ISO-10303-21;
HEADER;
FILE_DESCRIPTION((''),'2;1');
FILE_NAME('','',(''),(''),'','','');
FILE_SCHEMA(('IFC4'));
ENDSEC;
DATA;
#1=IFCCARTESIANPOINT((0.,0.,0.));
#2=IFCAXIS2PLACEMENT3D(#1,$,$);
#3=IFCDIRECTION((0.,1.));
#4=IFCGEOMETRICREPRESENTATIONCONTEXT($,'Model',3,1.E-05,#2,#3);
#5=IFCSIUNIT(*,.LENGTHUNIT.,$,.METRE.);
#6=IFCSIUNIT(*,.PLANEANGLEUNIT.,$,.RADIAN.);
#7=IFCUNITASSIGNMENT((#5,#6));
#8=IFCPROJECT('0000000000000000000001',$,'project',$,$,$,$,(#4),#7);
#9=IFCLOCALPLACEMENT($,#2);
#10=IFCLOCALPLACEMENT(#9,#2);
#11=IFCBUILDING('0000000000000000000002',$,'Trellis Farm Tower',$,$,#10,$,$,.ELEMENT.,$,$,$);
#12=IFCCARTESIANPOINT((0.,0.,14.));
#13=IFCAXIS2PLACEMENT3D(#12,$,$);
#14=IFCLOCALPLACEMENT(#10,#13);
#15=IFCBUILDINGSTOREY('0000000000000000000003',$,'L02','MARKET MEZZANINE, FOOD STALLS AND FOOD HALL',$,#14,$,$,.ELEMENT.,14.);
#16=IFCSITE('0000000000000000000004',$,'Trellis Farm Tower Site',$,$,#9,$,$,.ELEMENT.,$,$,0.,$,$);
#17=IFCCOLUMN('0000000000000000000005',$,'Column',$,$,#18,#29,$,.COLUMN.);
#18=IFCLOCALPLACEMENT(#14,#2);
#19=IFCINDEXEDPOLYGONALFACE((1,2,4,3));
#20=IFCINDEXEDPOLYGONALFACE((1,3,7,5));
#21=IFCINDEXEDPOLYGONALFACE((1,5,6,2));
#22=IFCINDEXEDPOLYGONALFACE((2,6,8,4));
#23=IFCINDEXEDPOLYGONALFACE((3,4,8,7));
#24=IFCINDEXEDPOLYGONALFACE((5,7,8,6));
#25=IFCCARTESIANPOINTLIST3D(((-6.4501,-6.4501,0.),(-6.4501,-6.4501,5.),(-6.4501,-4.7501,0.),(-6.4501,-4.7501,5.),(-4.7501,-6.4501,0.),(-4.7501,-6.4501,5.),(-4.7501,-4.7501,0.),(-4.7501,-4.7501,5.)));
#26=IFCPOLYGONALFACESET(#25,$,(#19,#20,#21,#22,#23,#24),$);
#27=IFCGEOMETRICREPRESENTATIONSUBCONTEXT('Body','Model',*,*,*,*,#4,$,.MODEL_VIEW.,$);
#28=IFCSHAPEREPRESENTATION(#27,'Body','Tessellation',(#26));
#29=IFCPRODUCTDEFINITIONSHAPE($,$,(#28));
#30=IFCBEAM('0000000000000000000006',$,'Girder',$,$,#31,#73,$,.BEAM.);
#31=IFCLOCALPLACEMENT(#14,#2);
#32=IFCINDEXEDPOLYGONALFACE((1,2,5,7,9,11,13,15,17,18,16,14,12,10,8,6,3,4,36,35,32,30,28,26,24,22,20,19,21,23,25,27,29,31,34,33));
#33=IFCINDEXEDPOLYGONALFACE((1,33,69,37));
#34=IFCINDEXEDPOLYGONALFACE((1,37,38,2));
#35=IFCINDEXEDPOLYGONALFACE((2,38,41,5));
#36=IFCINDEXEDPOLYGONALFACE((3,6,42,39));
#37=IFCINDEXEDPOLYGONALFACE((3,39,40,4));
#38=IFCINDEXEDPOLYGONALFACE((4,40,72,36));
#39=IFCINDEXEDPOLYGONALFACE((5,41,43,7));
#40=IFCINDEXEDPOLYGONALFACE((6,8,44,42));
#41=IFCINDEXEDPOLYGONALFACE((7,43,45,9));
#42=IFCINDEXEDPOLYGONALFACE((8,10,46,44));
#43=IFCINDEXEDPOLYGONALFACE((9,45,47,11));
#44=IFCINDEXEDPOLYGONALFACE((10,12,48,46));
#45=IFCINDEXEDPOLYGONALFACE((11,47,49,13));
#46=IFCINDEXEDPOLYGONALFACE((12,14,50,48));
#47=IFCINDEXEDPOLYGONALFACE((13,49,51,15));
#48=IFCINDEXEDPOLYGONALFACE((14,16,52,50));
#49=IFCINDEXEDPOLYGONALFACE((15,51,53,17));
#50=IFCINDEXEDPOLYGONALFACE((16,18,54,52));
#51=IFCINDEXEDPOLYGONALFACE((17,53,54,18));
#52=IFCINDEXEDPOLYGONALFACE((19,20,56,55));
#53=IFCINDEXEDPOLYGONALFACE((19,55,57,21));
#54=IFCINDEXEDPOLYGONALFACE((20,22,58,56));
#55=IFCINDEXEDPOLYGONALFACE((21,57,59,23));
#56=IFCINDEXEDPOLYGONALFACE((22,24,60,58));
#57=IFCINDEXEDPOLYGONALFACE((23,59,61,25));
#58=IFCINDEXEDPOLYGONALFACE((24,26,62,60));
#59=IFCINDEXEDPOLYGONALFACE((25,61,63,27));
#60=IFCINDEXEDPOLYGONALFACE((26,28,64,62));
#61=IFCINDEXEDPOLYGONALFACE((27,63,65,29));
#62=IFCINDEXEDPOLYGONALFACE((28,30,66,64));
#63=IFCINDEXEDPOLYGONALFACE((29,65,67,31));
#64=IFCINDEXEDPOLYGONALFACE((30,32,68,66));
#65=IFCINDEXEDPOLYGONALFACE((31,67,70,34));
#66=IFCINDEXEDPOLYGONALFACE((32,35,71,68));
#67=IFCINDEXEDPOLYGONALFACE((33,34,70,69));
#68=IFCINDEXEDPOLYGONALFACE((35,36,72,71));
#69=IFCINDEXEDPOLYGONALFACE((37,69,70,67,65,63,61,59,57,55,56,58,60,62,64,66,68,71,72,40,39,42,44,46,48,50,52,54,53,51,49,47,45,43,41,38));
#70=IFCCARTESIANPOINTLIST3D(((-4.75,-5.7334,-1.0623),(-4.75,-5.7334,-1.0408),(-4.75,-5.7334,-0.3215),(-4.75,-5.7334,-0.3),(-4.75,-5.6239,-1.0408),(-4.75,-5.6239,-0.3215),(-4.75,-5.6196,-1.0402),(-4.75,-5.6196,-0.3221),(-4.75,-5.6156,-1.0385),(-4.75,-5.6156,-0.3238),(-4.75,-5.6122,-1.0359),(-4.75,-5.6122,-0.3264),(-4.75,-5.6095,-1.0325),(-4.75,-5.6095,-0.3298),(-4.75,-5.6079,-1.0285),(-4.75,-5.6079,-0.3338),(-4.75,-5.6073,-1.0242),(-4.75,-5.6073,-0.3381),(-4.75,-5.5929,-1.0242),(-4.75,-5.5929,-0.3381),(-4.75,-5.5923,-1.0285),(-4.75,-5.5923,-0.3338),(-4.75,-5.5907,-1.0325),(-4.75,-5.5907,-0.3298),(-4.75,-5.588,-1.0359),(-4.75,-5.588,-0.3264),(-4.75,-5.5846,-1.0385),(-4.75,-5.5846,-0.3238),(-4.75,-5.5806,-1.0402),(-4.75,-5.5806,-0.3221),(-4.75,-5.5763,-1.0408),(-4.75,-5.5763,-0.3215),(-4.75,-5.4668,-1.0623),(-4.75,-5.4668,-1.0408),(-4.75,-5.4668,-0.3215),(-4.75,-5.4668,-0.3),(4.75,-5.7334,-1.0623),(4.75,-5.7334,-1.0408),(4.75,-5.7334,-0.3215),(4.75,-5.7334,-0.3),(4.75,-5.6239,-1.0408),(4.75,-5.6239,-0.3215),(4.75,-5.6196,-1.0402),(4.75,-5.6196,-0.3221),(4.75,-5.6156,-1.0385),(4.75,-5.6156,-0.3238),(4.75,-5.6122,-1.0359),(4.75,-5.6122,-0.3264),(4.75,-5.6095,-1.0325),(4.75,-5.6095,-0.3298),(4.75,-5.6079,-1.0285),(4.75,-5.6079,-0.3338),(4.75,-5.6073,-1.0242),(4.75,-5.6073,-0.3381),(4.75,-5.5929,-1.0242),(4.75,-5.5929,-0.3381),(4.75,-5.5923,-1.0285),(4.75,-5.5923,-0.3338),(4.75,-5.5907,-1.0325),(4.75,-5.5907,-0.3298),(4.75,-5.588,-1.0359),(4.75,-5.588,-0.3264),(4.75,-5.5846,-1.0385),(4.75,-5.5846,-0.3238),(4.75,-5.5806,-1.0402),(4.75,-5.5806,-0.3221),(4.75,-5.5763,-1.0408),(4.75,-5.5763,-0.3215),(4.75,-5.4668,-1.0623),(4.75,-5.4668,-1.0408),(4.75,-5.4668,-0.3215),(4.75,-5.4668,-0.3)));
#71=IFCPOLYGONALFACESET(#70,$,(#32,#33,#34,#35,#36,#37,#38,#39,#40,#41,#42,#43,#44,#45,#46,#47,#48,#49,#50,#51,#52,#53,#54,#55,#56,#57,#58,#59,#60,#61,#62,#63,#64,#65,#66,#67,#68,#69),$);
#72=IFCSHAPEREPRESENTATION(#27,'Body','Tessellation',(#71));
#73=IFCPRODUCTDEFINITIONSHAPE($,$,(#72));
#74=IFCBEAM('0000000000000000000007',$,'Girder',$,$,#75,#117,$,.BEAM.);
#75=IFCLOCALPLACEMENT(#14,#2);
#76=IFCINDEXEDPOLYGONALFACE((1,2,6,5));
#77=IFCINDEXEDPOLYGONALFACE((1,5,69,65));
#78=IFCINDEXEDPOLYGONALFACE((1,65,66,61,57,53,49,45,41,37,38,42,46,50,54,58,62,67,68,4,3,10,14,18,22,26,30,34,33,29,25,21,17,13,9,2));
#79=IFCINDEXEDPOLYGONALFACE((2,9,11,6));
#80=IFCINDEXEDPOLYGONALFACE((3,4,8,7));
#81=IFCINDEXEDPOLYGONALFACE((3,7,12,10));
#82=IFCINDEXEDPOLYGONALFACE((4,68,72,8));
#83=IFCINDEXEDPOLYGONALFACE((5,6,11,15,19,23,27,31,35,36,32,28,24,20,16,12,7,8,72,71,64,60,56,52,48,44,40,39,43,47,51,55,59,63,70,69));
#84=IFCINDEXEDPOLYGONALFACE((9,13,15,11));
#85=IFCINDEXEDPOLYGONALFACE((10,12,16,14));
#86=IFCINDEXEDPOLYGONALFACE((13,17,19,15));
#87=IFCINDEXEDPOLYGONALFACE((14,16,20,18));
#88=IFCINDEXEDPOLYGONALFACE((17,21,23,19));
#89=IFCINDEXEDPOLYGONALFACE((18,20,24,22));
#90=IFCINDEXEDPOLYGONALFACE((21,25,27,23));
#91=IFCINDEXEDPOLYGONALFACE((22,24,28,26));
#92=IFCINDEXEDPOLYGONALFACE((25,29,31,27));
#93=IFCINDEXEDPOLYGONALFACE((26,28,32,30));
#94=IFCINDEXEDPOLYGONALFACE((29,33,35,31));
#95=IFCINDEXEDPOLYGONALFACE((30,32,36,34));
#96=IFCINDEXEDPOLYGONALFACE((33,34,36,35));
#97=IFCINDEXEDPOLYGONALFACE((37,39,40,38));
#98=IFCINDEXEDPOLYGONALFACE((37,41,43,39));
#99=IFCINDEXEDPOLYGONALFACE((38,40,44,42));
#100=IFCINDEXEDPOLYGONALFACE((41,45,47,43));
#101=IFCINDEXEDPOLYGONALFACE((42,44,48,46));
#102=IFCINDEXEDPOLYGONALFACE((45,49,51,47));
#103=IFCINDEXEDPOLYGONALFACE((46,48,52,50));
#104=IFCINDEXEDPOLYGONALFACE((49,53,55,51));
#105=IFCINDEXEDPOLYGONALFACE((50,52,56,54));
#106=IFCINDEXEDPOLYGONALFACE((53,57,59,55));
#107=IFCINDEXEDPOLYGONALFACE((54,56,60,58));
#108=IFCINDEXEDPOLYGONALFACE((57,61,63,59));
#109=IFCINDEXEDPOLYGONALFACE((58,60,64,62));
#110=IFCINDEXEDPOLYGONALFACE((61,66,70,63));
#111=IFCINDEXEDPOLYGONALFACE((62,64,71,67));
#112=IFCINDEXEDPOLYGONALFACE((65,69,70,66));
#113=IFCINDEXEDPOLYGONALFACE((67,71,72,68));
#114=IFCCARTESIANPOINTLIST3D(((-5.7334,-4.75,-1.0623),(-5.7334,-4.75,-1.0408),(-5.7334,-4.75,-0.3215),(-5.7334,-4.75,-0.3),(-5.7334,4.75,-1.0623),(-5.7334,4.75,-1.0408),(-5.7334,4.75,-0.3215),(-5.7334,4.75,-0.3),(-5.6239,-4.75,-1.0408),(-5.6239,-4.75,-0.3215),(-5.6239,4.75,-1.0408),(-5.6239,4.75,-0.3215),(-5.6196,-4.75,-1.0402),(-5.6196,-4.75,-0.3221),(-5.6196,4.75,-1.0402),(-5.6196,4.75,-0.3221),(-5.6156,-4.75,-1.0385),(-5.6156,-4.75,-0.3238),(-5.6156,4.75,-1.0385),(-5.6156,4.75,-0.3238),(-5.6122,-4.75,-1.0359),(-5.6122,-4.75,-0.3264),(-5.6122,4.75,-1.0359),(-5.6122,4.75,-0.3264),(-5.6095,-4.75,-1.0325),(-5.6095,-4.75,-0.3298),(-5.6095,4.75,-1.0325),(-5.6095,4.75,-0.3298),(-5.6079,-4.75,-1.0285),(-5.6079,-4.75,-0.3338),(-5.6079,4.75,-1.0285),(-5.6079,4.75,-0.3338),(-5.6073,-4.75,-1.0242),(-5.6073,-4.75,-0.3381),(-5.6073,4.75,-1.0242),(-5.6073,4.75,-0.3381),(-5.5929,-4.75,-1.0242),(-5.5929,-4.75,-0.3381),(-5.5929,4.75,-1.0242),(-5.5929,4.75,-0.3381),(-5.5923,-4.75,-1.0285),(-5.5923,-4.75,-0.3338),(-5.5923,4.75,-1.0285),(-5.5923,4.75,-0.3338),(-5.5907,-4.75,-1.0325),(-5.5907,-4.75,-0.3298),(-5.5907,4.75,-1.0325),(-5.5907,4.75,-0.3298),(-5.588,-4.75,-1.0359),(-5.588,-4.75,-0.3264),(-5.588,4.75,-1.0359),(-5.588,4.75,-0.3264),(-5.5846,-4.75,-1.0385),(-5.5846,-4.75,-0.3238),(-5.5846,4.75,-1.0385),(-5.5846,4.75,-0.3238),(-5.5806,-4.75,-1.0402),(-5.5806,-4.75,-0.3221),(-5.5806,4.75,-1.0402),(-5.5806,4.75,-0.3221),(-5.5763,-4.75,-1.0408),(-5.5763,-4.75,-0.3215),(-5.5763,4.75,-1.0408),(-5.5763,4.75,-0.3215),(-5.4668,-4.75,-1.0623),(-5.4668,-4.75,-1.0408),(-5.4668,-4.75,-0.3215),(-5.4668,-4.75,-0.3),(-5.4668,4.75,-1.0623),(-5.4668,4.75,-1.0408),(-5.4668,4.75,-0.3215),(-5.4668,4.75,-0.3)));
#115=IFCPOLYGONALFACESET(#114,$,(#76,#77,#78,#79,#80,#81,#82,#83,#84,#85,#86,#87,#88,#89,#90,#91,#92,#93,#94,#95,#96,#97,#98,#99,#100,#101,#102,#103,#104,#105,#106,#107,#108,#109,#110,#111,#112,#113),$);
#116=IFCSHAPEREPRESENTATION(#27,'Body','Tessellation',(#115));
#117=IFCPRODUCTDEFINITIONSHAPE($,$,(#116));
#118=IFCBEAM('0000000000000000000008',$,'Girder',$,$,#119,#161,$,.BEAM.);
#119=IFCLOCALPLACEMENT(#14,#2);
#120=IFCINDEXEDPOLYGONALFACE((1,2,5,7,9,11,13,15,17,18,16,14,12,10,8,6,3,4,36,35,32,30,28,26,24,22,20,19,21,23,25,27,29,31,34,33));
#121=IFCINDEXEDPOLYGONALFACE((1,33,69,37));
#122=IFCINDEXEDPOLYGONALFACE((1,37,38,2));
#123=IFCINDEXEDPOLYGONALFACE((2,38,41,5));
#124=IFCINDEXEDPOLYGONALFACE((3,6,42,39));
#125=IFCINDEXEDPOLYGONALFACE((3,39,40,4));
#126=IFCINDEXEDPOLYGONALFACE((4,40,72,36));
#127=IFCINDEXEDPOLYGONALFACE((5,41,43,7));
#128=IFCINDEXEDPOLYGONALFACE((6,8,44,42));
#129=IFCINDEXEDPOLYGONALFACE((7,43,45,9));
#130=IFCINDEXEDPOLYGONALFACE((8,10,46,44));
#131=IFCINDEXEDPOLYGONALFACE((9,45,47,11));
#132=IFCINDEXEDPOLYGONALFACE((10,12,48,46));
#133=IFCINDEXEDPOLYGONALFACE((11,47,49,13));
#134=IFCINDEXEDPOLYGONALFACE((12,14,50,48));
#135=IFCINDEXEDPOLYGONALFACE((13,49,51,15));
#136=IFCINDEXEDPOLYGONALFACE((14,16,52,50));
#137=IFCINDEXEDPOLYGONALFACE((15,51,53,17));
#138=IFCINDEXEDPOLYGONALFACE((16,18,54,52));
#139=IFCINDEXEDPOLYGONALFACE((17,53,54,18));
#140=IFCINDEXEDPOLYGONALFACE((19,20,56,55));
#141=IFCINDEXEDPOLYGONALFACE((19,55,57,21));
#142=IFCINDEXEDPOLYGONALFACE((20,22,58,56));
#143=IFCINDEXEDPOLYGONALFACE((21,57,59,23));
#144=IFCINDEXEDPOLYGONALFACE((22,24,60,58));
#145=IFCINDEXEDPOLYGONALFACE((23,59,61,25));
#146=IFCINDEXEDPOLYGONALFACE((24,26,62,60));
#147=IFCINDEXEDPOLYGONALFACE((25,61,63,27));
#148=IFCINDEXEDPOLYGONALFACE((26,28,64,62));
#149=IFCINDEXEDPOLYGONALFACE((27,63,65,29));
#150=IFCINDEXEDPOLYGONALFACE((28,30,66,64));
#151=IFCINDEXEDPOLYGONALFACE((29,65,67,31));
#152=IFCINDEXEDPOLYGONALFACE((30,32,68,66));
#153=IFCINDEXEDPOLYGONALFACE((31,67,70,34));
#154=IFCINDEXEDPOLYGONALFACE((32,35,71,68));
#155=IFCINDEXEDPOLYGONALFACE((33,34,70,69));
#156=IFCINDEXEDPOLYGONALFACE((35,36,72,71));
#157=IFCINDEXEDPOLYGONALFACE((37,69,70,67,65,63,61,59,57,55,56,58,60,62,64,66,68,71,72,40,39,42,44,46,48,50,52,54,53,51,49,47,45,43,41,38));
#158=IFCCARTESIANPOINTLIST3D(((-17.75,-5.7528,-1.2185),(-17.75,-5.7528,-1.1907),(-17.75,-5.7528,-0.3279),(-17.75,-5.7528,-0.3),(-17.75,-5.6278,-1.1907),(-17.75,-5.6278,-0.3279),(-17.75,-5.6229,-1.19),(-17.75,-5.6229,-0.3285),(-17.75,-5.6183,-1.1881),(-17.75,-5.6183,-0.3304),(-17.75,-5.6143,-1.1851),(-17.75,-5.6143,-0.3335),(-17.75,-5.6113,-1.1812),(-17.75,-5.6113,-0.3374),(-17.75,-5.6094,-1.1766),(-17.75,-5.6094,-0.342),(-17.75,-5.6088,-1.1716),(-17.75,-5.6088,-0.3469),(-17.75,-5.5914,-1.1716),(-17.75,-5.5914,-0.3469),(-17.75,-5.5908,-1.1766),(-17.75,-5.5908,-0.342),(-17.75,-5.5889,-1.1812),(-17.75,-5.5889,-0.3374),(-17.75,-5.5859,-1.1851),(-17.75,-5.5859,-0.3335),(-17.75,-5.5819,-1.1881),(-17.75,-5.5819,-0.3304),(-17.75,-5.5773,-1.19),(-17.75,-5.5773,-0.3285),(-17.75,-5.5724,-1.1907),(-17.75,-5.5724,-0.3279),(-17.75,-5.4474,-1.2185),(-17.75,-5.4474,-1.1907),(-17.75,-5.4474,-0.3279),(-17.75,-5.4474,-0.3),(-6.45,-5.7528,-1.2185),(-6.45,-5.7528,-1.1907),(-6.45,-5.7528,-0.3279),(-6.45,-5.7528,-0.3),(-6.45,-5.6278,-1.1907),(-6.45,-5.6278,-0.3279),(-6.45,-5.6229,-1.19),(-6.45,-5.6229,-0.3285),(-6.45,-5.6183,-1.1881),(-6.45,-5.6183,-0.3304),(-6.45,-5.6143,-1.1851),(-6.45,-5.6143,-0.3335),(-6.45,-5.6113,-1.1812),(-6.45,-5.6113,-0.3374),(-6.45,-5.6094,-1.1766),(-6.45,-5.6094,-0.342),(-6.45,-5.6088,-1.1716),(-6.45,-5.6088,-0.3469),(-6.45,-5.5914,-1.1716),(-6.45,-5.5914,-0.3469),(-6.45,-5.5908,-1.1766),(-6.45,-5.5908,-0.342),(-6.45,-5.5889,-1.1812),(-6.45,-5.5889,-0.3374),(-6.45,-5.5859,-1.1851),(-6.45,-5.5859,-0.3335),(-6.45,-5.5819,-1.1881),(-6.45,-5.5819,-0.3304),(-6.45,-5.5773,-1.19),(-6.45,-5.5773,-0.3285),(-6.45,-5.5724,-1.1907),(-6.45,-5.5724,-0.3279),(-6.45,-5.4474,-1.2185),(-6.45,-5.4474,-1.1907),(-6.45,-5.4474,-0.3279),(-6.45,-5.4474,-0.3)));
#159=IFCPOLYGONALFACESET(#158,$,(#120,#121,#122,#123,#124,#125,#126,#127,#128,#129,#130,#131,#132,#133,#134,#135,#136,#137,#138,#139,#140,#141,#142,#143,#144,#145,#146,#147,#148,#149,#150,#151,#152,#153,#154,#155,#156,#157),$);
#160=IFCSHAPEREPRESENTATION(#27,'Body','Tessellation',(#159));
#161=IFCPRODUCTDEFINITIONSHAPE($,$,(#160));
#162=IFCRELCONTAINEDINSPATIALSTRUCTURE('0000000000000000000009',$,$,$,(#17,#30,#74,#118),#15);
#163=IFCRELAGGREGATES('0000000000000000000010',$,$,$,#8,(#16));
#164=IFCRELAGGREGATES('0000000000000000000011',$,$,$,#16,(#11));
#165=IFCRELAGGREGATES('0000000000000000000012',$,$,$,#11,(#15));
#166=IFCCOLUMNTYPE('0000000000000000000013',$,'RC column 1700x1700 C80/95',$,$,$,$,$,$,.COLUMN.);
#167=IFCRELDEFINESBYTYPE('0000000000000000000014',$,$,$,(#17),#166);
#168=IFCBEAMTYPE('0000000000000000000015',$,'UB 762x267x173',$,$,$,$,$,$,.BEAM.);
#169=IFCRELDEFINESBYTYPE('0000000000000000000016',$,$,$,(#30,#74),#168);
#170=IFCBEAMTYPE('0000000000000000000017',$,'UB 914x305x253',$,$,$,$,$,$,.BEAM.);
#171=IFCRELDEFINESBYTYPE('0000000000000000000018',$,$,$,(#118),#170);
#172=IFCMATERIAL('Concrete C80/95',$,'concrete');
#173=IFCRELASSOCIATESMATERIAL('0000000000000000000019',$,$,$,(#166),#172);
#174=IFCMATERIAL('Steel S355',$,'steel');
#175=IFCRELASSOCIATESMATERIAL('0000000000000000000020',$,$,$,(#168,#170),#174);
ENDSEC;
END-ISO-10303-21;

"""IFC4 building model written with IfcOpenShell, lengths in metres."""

from ifc_helpers import new_model, si_unit, direction, frame, origin, origin_2d, place, context, subcontext, project, spatial, rectangle, i_section, extrude, source, transform, mapped, material, material_profile, profile_set, type_object, element, save


model = new_model("IFC4")

# Units and contexts
model_context = context("Model", 3, precision=1e-05, world=origin(), true_north=direction((0.0, 1.0)))
body_context = subcontext(model_context, "Body", "Model", "MODEL_VIEW")
ifc_project = project(units=[si_unit("LENGTHUNIT", "METRE"), si_unit("PLANEANGLEUNIT", "RADIAN")], contexts=[model_context])

# Site, building, storey
site_placement = place(None, origin())
site = spatial("IfcSite", under=ifc_project, at=site_placement, Name="Trellis Farm Tower Site", CompositionType="ELEMENT", RefElevation=0.0)
building_placement = place(site_placement, origin())
building = spatial("IfcBuilding", under=site, at=building_placement, Name="Trellis Farm Tower", CompositionType="ELEMENT")
storey_placement = place(building_placement, frame((0.0, 0.0, 14.0)))
storey = spatial("IfcBuildingStorey", under=building, at=storey_placement, Name="L02", Description="MARKET MEZZANINE, FOOD STALLS AND FOOD HALL", CompositionType="ELEMENT", Elevation=14.0)

# Column
ifc_material_1 = material(Name="Concrete C80/95", Category="concrete")
ifc_material_profile_1 = material_profile(ifc_material_1, rectangle(XDim=1.7, YDim=1.7, at=origin_2d()), Name="RC column 1700x1700 C80/95")
ifc_profile_set_1 = profile_set([ifc_material_profile_1], Name="Concrete C80/95")
column_type = type_object("IfcColumnType", Name="RC column 1700x1700 C80/95", PredefinedType="COLUMN", material=ifc_profile_set_1)
shared_shape_1 = source(origin(), body_context, "Body", "SweptSolid", [
    extrude(rectangle(XDim=1.7, YDim=1.7, at=origin_2d()), origin(), (0.0, 0.0, 1.0), 5.0),
])
column_placement = place(storey_placement, frame((-5.6001, -5.6001, 0.0), z_axis=(0.0, 0.0, 1.0), x_axis=(1.0, 0.0, 0.0)))
element("IfcColumn", 1, at=column_placement, inside=storey, type_object=column_type, Name="Column", PredefinedType="COLUMN", context=body_context, shape_type="MappedRepresentation", body=[
    mapped(shared_shape_1, transform((0.0, 0.0, 0.0))),
])

# Beams
ifc_material_2 = material(Name="Steel S355", Category="steel")
ifc_material_profile_2 = material_profile(ifc_material_2, i_section(OverallWidth=0.2666, OverallDepth=0.7622, WebThickness=0.0144, FlangeThickness=0.0215, FilletRadius=0.0166, at=origin_2d()), Name="UB 762x267x173")
ifc_profile_set_2 = profile_set([ifc_material_profile_2], Name="Steel S355")
beam_type_1 = type_object("IfcBeamType", Name="UB 762x267x173", PredefinedType="BEAM", material=ifc_profile_set_2)
shared_shape_2 = source(origin(), body_context, "Body", "SweptSolid", [
    extrude(i_section(OverallWidth=0.2666, OverallDepth=0.7622, WebThickness=0.0144, FlangeThickness=0.0215, FilletRadius=0.0166, at=origin_2d()), origin(), (0.0, 0.0, 1.0), 9.5),
])
for number, where, z_axis, x_axis, name in (
    (2, (-4.75, -5.6001, -0.6812), (1.0, 0.0, 0.0), (0.0, 1.0, 0.0), "Girder"),
    (3, (-5.6001, -4.75, -0.6812), (0.0, 1.0, 0.0), (-1.0, 0.0, 0.0), "Girder"),
):
    element("IfcBeam", number, at=place(storey_placement, frame(where, z_axis=z_axis, x_axis=x_axis)), inside=storey, type_object=beam_type_1, Name=name, PredefinedType="BEAM", context=body_context, shape_type="MappedRepresentation", body=[
        mapped(shared_shape_2, transform((0.0, 0.0, 0.0))),
    ])
ifc_material_profile_3 = material_profile(ifc_material_2, i_section(OverallWidth=0.3054, OverallDepth=0.9185, WebThickness=0.0173, FlangeThickness=0.0278, FilletRadius=0.019, at=origin_2d()), Name="UB 914x305x253")
ifc_profile_set_3 = profile_set([ifc_material_profile_3], Name="Steel S355")
beam_type_2 = type_object("IfcBeamType", Name="UB 914x305x253", PredefinedType="BEAM", material=ifc_profile_set_3)
shared_shape_3 = source(origin(), body_context, "Body", "SweptSolid", [
    extrude(i_section(OverallWidth=0.3054, OverallDepth=0.9185, WebThickness=0.0173, FlangeThickness=0.0278, FilletRadius=0.019, at=origin_2d()), origin(), (0.0, 0.0, 1.0), 11.3),
])
beam_1_placement = place(storey_placement, frame((-17.75, -5.6001, -0.7593), z_axis=(1.0, 0.0, 0.0), x_axis=(0.0, 1.0, 0.0)))
element("IfcBeam", 4, at=beam_1_placement, inside=storey, type_object=beam_type_2, Name="Girder", PredefinedType="BEAM", context=body_context, shape_type="MappedRepresentation", body=[
    mapped(shared_shape_3, transform((0.0, 0.0, 0.0))),
])

save(model, "model.ifc")
